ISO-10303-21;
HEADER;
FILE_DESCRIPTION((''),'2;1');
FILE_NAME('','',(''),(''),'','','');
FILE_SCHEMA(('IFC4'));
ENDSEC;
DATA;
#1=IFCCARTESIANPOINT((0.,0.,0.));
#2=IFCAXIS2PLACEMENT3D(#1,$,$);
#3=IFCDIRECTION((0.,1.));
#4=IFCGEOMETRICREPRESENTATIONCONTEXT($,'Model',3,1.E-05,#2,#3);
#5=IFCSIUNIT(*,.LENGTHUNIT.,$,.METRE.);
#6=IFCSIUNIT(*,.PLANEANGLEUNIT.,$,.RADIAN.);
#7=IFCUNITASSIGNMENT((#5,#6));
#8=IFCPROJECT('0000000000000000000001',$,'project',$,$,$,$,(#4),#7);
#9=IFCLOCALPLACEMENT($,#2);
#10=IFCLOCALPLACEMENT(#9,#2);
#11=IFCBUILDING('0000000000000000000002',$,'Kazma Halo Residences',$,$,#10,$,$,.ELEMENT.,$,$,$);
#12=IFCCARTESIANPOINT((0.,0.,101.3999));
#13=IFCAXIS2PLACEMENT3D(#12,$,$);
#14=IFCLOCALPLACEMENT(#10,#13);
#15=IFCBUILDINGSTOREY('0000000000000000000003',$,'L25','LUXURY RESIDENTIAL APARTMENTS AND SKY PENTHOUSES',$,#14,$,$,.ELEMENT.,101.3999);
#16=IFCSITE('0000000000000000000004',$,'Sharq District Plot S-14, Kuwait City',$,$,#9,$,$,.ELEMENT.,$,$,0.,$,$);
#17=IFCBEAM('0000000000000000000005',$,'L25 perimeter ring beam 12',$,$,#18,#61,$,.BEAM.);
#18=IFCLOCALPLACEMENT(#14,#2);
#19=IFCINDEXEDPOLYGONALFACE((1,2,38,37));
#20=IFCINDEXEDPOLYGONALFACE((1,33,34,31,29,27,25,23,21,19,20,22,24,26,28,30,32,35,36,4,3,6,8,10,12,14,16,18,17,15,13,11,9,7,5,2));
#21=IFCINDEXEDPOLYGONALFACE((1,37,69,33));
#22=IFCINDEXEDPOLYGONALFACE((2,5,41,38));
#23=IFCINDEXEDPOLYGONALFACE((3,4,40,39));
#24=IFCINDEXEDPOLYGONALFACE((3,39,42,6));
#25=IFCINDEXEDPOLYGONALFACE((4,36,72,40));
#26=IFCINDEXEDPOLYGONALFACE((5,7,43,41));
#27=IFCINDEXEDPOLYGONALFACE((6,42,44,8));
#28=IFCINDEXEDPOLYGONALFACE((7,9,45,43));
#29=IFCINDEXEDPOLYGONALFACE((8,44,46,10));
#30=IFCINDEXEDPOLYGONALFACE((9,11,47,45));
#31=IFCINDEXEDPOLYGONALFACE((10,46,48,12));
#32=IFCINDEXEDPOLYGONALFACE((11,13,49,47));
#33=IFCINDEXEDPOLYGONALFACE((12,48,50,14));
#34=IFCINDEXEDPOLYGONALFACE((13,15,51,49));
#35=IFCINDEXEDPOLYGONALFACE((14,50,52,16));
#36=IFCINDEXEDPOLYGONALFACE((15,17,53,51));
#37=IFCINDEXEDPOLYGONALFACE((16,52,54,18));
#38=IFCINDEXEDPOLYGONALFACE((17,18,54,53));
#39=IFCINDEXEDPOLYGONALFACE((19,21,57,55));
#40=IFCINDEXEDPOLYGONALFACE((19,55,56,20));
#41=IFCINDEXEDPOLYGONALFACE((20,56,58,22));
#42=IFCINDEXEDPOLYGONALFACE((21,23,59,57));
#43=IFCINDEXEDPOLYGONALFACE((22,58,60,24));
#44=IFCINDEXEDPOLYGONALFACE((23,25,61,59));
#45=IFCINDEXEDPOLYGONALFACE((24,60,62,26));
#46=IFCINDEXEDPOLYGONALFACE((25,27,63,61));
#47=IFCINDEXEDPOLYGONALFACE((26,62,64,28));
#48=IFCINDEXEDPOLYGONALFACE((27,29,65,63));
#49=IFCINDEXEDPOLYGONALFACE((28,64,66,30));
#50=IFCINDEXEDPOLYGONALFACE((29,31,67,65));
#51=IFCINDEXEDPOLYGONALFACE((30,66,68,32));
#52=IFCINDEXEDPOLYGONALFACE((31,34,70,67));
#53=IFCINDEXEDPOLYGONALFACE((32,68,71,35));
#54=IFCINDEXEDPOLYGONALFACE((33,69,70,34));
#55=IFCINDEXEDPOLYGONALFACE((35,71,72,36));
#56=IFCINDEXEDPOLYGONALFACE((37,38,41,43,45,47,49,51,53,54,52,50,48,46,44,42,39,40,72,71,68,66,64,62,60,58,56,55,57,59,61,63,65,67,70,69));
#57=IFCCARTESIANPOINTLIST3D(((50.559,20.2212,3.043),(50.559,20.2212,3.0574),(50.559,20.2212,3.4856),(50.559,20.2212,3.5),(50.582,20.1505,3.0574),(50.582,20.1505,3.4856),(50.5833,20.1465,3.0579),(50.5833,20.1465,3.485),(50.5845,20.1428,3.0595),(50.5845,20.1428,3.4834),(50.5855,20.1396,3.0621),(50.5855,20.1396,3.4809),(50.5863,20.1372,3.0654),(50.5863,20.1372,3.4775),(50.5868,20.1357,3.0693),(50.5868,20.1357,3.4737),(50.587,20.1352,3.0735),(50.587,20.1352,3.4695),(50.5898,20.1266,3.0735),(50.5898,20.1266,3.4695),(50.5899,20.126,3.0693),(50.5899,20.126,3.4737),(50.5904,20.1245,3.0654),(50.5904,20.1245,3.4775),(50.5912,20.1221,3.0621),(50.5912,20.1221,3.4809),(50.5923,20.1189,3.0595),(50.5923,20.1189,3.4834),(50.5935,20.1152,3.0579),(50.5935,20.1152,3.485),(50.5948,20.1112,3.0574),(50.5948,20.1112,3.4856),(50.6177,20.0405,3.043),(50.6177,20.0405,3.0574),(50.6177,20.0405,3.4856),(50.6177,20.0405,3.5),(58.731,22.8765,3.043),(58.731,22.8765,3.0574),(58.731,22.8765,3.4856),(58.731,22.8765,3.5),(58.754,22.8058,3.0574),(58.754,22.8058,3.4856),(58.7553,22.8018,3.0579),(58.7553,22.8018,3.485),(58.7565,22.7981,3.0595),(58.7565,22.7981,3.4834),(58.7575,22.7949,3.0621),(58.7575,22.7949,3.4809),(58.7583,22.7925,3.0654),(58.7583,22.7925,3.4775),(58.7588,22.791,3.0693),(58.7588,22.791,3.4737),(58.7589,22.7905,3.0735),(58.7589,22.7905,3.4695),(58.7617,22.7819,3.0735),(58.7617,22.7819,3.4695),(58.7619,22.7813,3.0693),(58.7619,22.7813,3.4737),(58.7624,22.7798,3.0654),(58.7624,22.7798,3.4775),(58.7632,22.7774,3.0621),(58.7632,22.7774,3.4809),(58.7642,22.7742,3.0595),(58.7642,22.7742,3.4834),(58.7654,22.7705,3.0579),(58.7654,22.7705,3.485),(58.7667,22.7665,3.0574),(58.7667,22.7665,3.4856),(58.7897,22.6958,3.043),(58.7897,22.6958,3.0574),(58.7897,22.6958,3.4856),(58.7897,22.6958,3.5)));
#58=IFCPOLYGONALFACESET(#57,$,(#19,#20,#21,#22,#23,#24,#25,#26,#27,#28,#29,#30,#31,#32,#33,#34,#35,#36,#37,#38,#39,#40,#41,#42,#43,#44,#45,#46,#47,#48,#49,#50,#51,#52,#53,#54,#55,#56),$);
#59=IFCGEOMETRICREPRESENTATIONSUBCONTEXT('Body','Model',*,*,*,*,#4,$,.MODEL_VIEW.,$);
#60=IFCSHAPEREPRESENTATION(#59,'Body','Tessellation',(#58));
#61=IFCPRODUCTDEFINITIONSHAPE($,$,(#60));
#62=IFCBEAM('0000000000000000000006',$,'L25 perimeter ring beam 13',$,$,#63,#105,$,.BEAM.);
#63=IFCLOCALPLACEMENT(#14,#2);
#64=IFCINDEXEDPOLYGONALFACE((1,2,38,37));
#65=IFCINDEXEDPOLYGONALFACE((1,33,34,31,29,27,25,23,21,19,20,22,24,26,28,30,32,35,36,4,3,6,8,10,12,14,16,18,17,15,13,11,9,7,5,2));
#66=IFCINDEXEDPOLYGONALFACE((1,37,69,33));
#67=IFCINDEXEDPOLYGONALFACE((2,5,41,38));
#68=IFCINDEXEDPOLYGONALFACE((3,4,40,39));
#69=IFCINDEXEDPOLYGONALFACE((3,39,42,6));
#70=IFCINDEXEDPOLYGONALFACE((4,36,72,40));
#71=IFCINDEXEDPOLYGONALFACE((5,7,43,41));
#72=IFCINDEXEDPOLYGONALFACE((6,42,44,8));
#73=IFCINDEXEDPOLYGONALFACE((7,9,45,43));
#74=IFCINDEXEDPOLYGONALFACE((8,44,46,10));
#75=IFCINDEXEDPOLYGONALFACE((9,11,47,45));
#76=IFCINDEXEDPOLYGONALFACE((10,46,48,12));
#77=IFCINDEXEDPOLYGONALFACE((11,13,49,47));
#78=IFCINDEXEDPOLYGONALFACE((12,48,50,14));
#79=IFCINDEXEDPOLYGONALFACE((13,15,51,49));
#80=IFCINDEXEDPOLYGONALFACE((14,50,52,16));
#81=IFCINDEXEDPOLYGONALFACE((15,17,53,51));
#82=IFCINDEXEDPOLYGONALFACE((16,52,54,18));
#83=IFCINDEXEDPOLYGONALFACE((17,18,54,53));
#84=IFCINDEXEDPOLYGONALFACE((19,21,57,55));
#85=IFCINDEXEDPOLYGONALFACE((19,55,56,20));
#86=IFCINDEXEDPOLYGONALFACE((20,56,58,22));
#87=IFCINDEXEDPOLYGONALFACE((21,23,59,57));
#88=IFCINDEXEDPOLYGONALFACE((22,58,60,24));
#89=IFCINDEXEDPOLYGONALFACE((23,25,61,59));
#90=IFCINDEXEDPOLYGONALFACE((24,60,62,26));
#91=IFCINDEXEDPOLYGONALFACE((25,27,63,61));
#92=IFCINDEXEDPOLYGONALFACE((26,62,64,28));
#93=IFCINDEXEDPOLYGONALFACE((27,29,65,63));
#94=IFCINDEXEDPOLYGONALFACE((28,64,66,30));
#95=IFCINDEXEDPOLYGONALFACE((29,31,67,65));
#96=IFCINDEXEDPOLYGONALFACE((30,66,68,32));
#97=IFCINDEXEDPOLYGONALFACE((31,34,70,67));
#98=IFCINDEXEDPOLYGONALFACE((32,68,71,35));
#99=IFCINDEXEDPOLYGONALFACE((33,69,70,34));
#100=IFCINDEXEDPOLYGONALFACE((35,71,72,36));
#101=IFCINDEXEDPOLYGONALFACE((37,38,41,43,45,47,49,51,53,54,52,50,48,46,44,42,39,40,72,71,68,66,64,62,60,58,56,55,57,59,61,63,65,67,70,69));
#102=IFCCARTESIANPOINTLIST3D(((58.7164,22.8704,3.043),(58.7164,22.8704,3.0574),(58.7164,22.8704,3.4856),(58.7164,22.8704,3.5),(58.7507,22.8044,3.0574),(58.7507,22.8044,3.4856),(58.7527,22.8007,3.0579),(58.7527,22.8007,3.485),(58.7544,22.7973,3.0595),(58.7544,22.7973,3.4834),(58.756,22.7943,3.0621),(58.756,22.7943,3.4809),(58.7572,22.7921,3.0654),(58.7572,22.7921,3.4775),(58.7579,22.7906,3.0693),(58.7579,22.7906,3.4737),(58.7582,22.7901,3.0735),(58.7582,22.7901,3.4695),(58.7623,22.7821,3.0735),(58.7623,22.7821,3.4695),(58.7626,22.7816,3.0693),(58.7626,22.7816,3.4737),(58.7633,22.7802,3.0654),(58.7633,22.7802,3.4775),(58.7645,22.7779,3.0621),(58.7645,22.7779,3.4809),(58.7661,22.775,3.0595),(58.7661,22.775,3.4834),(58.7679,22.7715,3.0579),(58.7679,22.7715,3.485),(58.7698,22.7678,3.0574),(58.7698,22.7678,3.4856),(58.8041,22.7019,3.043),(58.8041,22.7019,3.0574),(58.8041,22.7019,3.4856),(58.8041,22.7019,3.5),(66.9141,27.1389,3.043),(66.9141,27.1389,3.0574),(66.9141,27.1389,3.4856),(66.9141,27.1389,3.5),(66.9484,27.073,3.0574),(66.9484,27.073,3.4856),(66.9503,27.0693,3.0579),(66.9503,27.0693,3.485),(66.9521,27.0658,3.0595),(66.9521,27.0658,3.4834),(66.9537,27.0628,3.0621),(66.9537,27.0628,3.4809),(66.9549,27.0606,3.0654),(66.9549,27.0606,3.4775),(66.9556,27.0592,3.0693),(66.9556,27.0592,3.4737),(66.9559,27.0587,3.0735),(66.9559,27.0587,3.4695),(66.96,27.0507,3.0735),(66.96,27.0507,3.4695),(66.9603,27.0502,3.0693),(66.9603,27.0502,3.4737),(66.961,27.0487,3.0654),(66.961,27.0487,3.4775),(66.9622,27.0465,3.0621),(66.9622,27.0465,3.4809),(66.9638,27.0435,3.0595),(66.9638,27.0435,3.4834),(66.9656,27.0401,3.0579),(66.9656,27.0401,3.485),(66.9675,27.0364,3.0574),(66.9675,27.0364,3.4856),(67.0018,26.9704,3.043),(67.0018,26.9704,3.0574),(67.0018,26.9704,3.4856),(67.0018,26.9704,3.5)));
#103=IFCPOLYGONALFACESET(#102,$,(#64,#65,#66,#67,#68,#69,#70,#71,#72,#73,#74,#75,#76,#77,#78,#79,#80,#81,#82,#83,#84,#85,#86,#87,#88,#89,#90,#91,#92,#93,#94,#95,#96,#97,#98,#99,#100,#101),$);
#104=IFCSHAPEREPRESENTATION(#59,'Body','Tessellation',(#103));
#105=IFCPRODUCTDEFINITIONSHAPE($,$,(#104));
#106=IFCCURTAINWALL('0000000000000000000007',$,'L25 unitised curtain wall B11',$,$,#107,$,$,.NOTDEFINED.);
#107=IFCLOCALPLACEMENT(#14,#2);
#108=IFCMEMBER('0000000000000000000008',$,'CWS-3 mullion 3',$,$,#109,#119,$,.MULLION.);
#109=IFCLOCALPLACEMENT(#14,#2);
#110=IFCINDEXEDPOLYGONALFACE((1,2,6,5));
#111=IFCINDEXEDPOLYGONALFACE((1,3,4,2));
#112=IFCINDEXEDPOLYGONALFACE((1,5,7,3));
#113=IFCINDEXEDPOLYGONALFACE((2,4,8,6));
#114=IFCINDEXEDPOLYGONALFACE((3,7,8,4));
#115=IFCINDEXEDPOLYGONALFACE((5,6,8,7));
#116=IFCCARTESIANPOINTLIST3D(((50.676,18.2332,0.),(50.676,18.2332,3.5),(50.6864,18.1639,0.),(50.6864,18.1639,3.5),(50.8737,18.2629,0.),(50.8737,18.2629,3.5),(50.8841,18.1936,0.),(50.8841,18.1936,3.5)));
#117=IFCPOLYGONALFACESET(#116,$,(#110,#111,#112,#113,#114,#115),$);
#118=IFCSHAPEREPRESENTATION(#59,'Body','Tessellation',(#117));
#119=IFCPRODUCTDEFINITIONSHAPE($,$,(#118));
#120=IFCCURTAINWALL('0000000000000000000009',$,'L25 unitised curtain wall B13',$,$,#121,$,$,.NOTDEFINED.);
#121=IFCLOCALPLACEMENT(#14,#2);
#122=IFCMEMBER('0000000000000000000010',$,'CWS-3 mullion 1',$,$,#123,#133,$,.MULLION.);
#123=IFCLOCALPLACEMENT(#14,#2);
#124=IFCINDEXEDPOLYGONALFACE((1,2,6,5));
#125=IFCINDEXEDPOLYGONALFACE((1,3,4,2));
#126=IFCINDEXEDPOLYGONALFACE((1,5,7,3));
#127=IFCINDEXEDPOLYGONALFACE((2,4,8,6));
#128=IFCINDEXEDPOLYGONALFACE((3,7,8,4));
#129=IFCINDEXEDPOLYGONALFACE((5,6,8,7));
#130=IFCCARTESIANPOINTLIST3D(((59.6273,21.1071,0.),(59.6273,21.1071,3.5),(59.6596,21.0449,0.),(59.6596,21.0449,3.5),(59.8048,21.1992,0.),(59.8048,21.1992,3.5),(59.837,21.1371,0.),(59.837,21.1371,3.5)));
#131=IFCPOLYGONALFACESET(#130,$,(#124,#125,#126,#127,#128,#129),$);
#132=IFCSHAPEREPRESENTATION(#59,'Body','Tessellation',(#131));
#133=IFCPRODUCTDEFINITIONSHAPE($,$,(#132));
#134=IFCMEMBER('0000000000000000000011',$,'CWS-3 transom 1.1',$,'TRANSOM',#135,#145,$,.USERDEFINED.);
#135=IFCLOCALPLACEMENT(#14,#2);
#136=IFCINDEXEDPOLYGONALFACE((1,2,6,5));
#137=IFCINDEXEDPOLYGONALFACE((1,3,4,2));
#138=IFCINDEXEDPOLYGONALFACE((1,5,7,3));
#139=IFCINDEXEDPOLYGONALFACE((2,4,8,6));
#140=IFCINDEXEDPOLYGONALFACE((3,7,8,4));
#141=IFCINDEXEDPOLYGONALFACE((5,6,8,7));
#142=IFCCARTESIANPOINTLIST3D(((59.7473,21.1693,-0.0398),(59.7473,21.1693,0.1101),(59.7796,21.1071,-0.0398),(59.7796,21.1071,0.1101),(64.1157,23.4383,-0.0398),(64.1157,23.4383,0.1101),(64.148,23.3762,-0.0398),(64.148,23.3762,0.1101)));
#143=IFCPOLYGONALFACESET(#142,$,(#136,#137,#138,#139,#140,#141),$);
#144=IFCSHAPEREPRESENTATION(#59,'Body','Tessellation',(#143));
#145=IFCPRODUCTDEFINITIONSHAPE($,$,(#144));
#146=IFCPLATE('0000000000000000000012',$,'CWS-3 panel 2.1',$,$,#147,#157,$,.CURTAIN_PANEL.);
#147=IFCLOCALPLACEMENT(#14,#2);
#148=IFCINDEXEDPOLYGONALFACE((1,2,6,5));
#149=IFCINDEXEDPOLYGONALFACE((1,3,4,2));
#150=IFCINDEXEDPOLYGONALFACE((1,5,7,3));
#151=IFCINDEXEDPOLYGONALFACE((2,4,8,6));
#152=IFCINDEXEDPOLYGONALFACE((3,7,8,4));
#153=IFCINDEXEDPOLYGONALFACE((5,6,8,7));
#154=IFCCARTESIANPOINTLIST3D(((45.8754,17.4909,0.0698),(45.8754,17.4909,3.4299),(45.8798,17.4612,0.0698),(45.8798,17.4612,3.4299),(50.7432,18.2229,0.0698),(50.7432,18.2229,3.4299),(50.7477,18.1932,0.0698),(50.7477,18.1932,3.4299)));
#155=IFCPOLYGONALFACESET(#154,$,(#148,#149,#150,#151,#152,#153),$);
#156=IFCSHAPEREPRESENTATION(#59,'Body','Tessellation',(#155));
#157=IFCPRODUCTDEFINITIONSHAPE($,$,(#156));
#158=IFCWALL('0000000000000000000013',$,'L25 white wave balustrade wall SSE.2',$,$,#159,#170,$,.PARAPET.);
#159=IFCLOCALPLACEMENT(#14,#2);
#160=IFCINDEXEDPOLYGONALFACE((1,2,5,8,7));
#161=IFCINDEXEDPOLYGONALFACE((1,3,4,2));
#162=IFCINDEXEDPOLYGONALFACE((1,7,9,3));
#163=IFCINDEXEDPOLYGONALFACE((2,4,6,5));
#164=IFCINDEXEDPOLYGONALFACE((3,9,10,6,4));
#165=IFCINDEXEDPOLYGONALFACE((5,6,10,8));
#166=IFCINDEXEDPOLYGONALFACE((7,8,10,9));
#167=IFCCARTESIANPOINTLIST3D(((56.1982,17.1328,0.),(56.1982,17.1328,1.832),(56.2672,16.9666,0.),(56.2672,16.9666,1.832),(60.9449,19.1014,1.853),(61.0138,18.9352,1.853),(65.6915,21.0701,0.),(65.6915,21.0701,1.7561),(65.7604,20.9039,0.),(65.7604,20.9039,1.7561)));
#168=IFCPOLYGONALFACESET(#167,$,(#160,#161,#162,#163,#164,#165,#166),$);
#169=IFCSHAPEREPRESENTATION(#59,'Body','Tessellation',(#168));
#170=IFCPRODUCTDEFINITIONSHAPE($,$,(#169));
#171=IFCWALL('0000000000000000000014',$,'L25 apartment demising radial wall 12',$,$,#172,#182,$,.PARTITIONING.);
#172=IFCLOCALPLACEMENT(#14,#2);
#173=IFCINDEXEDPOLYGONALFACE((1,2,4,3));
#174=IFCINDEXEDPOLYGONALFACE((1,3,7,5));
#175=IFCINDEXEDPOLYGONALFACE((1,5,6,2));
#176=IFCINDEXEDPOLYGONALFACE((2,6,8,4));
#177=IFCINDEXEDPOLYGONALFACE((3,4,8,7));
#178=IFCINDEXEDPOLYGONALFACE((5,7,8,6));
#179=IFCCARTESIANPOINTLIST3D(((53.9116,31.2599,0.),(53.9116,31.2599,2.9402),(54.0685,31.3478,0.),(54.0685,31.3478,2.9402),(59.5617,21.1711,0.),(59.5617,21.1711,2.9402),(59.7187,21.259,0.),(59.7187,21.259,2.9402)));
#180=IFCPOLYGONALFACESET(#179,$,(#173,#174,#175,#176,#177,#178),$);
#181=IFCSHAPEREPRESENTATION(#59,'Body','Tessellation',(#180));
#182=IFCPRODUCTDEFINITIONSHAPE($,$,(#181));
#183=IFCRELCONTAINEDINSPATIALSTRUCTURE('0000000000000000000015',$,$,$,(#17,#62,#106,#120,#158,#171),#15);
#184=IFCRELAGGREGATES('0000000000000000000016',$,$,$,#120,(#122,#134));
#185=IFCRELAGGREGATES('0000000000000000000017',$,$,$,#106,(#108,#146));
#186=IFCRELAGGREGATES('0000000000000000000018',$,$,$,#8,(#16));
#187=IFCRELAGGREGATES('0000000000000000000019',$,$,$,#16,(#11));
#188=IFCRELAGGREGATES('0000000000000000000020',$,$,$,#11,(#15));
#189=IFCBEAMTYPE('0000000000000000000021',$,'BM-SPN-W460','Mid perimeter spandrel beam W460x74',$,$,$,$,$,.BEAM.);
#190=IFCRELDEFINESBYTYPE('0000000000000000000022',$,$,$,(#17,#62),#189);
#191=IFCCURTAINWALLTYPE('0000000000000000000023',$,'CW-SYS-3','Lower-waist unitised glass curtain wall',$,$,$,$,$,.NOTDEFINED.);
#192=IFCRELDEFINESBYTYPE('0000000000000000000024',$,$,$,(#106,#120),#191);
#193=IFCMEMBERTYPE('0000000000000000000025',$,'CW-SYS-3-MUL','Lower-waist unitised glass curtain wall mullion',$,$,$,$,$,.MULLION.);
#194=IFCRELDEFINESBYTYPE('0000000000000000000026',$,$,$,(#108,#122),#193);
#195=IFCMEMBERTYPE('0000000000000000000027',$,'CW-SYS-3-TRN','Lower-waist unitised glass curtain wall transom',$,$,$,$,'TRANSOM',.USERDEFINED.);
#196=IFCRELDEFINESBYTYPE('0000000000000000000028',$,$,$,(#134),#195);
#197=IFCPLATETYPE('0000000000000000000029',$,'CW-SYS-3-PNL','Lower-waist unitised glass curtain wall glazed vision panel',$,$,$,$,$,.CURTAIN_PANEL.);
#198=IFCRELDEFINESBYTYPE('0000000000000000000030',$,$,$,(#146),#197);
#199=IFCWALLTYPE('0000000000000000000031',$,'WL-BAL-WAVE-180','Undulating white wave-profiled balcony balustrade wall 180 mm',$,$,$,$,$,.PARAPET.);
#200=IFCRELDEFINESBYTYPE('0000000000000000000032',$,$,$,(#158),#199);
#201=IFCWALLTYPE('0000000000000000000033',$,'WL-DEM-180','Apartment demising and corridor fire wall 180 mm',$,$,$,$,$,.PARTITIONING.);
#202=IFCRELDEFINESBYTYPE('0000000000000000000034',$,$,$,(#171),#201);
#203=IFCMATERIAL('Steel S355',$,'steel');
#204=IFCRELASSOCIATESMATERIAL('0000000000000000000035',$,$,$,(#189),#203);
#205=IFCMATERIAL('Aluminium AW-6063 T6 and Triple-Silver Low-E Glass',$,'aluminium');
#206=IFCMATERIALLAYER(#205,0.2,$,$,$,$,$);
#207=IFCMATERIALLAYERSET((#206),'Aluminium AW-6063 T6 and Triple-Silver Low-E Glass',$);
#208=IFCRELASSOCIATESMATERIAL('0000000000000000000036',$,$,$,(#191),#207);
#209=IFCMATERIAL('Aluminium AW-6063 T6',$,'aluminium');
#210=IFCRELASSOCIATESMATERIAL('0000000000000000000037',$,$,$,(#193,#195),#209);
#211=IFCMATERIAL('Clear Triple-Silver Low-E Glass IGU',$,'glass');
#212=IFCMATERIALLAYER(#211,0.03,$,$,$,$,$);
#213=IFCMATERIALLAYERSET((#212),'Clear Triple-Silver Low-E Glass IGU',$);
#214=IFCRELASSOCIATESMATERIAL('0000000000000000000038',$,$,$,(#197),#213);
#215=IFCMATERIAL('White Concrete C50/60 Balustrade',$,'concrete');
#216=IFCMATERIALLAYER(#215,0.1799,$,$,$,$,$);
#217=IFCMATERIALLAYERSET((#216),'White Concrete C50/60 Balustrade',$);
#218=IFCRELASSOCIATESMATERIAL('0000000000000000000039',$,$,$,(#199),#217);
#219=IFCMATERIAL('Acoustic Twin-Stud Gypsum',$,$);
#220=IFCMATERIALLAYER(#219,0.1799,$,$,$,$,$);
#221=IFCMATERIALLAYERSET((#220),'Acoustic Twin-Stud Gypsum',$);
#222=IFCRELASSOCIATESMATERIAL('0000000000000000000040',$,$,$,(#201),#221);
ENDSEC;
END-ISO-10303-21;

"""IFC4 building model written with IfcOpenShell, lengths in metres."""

from ifc_helpers import new_model, si_unit, direction, frame, frame_2d, origin, origin_2d, place, context, subcontext, project, spatial, polyline, rectangle, i_section, outline, extrude, material, layer, layer_set, material_profile, profile_set, type_object, element, aggregate, save


model = new_model("IFC4")

# Units and contexts
model_context = context("Model", 3, precision=1e-05, world=origin(), true_north=direction((0.0, 1.0)))
body_context = subcontext(model_context, "Body", "Model", "MODEL_VIEW")
ifc_project = project(units=[si_unit("LENGTHUNIT", "METRE"), si_unit("PLANEANGLEUNIT", "RADIAN")], contexts=[model_context])

# Site, building, storey
site_placement = place(None, origin())
site = spatial("IfcSite", under=ifc_project, at=site_placement, Name="Sharq District Plot S-14, Kuwait City", CompositionType="ELEMENT", RefElevation=0.0)
building_placement = place(site_placement, origin())
building = spatial("IfcBuilding", under=site, at=building_placement, Name="Kazma Halo Residences", CompositionType="ELEMENT")
storey_placement = place(building_placement, frame((0.0, 0.0, 101.3999)))
storey = spatial("IfcBuildingStorey", under=building, at=storey_placement, Name="L25", Description="LUXURY RESIDENTIAL APARTMENTS AND SKY PENTHOUSES", CompositionType="ELEMENT", Elevation=101.3999)

# Beams
ifc_material_1 = material(Name="Steel S355", Category="steel")
ifc_material_profile_1 = material_profile(ifc_material_1, i_section(OverallWidth=0.1899, OverallDepth=0.457, WebThickness=0.009, FlangeThickness=0.0144, FilletRadius=0.0161, at=origin_2d()), Name="W460x74")
ifc_profile_set_1 = profile_set([ifc_material_profile_1], Name="Steel S355")
beam_type_1 = type_object("IfcBeamType", Name="BM-SPN-W460", Description="Mid perimeter spandrel beam W460x74", PredefinedType="BEAM", material=ifc_profile_set_1)
beam_1_placement = place(storey_placement, frame((50.5884, 20.1309, 3.2715), z_axis=(0.951054, 0.309024, 0.0), x_axis=(-0.309024, 0.951054, 0.0)))
element("IfcBeam", 1, at=beam_1_placement, inside=storey, type_object=beam_type_1, Name="L25 perimeter ring beam 12", PredefinedType="BEAM", context=body_context, shape_type="SweptSolid", body=[
    extrude(i_section(OverallWidth=0.1899, OverallDepth=0.457, WebThickness=0.009, FlangeThickness=0.0144, FilletRadius=0.0161, at=origin_2d()), origin(), (0.0, 0.0, 1.0), 8.5925),
])
beam_2_placement = place(storey_placement, frame((58.7603, 22.7861, 3.2715), z_axis=(0.886963, 0.46184, 0.0), x_axis=(-0.46184, 0.886963, 0.0)))
element("IfcBeam", 2, at=beam_2_placement, inside=storey, type_object=beam_type_1, Name="L25 perimeter ring beam 13", PredefinedType="BEAM", context=body_context, shape_type="SweptSolid", body=[
    extrude(i_section(OverallWidth=0.1899, OverallDepth=0.457, WebThickness=0.009, FlangeThickness=0.0144, FilletRadius=0.0161, at=origin_2d()), origin(), (0.0, 0.0, 1.0), 9.2424),
])

# Curtain wall, member
ifc_material_2 = material(Name="Aluminium AW-6063 T6 and Triple-Silver Low-E Glass", Category="aluminium")
ifc_layer_1 = layer(ifc_material_2, 0.2)
ifc_layer_set_1 = layer_set([ifc_layer_1], Name="Aluminium AW-6063 T6 and Triple-Silver Low-E Glass")
curtain_wall_type = type_object("IfcCurtainWallType", Name="CW-SYS-3", Description="Lower-waist unitised glass curtain wall", PredefinedType="NOTDEFINED", material=ifc_layer_set_1)
curtain_wall_1_placement = place(storey_placement, origin())
curtain_wall_1 = element("IfcCurtainWall", 3, at=curtain_wall_1_placement, inside=storey, type_object=curtain_wall_type, Name="L25 unitised curtain wall B11", PredefinedType="NOTDEFINED")
ifc_material_3 = material(Name="Aluminium AW-6063 T6", Category="aluminium")
ifc_material_profile_2 = material_profile(ifc_material_3, rectangle(XDim=0.0701, YDim=0.2, at=origin_2d()), Name="CWM-70x200")
ifc_profile_set_2 = profile_set([ifc_material_profile_2], Name="Aluminium AW-6063 T6")
member_type_1 = type_object("IfcMemberType", Name="CW-SYS-3-MUL", Description="Lower-waist unitised glass curtain wall mullion", PredefinedType="MULLION", material=ifc_profile_set_2)
member_1_placement = place(storey_placement, frame((50.78, 18.2134, 0.0), z_axis=(0.0, 0.0, 1.0), x_axis=(-0.148717, 0.98888, 0.0)))
member_1 = element("IfcMember", 4, at=member_1_placement, type_object=member_type_1, Name="CWS-3 mullion 3", PredefinedType="MULLION", context=body_context, shape_type="SweptSolid", body=[
    extrude(rectangle(XDim=0.0701, YDim=0.2, at=origin_2d()), origin(), (0.0, 0.0, 1.0), 3.5),
])

# Curtain wall, members
curtain_wall_2_placement = place(storey_placement, origin())
curtain_wall_2 = element("IfcCurtainWall", 5, at=curtain_wall_2_placement, inside=storey, type_object=curtain_wall_type, Name="L25 unitised curtain wall B13", PredefinedType="NOTDEFINED")
member_2_placement = place(storey_placement, frame((59.7322, 21.1221, 0.0), z_axis=(0.0, 0.0, 1.0), x_axis=(-0.460932, 0.887435, 0.0)))
member_2 = element("IfcMember", 6, at=member_2_placement, type_object=member_type_1, Name="CWS-3 mullion 1", PredefinedType="MULLION", context=body_context, shape_type="SweptSolid", body=[
    extrude(rectangle(XDim=0.0701, YDim=0.2, at=origin_2d()), origin(), (0.0, 0.0, 1.0), 3.5),
])
ifc_material_profile_3 = material_profile(ifc_material_3, rectangle(XDim=0.0701, YDim=0.1499, at=origin_2d()), Name="CWT-70x150")
ifc_profile_set_3 = profile_set([ifc_material_profile_3], Name="Aluminium AW-6063 T6")
member_type_2 = type_object("IfcMemberType", Name="CW-SYS-3-TRN", Description="Lower-waist unitised glass curtain wall transom", ElementType="TRANSOM", PredefinedType="USERDEFINED", material=ifc_profile_set_3)
member_3_placement = place(storey_placement, frame((59.7634, 21.1382, 0.0352), z_axis=(0.887427, 0.460948, 0.0), x_axis=(-0.460948, 0.887427, 0.0)))
member_3 = element("IfcMember", 7, at=member_3_placement, type_object=member_type_2, Name="CWS-3 transom 1.1", ObjectType="TRANSOM", PredefinedType="USERDEFINED", context=body_context, shape_type="SweptSolid", body=[
    extrude(rectangle(XDim=0.0701, YDim=0.1499, at=origin_2d()), origin(), (0.0, 0.0, 1.0), 4.9226),
])
aggregate(curtain_wall_2, [member_2, member_3])

# Plate
ifc_material_4 = material(Name="Clear Triple-Silver Low-E Glass IGU", Category="glass")
ifc_layer_2 = layer(ifc_material_4, 0.03)
ifc_layer_set_2 = layer_set([ifc_layer_2], Name="Clear Triple-Silver Low-E Glass IGU")
plate_type = type_object("IfcPlateType", Name="CW-SYS-3-PNL", Description="Lower-waist unitised glass curtain wall glazed vision panel", PredefinedType="CURTAIN_PANEL", material=ifc_layer_set_2)
plate_placement = place(storey_placement, frame((48.3115, 17.842, 0.0698), z_axis=(0.0, 0.0, 1.0), x_axis=(0.98888, 0.148717, 0.0)))
plate = element("IfcPlate", 8, at=plate_placement, type_object=plate_type, Name="CWS-3 panel 2.1", PredefinedType="CURTAIN_PANEL", context=body_context, shape_type="SweptSolid", body=[
    extrude(rectangle(XDim=4.9226, YDim=0.03, at=origin_2d()), origin(), (0.0, 0.0, 1.0), 3.3601),
])
aggregate(curtain_wall_1, [member_1, plate])

# Walls
ifc_material_5 = material(Name="White Concrete C50/60 Balustrade", Category="concrete")
ifc_layer_3 = layer(ifc_material_5, 0.1799)
ifc_layer_set_3 = layer_set([ifc_layer_3], Name="White Concrete C50/60 Balustrade")
wall_type_1 = type_object("IfcWallType", Name="WL-BAL-WAVE-180", Description="Undulating white wave-profiled balcony balustrade wall 180 mm", PredefinedType="PARAPET", material=ifc_layer_set_3)
wall_1_placement = place(storey_placement, frame((56.2327, 17.0498, 0.0), z_axis=(0.0, 0.0, 1.0), x_axis=(0.923705, 0.383104, 0.0)))
element("IfcWall", 9, at=wall_1_placement, inside=storey, type_object=wall_type_1, Name="L25 white wave balustrade wall SSE.2", PredefinedType="PARAPET", context=body_context, shape_type="SweptSolid", body=[
    extrude(outline(polyline([(0.0, 0.0), (10.2773, 0.0), (10.2773, 1.7561), (5.1387, 1.853), (0.0, 1.832), (0.0, 0.0)])), frame((0.0, 0.0898, 0.0), z_axis=(0.0, -1.0, 0.0), x_axis=(1.0, 0.0, 0.0)), (0.0, 0.0, 1.0), 0.1799),
])
ifc_material_6 = material(Name="Acoustic Twin-Stud Gypsum")
ifc_layer_4 = layer(ifc_material_6, 0.1799)
ifc_layer_set_4 = layer_set([ifc_layer_4], Name="Acoustic Twin-Stud Gypsum")
wall_type_2 = type_object("IfcWallType", Name="WL-DEM-180", Description="Apartment demising and corridor fire wall 180 mm", PredefinedType="PARTITIONING", material=ifc_layer_set_4)
wall_2_placement = place(storey_placement, frame((53.99, 31.304, 0.0), z_axis=(0.0, 0.0, 1.0), x_axis=(0.488628, -0.872492, 0.0)))
element("IfcWall", 10, at=wall_2_placement, inside=storey, type_object=wall_type_2, Name="L25 apartment demising radial wall 12", PredefinedType="PARTITIONING", context=body_context, shape_type="SweptSolid", body=[
    extrude(rectangle(XDim=11.5632, YDim=0.1799, at=frame_2d((5.7817, 0.0))), origin(), (0.0, 0.0, 1.0), 2.9402),
])

save(model, "model.ifc")
